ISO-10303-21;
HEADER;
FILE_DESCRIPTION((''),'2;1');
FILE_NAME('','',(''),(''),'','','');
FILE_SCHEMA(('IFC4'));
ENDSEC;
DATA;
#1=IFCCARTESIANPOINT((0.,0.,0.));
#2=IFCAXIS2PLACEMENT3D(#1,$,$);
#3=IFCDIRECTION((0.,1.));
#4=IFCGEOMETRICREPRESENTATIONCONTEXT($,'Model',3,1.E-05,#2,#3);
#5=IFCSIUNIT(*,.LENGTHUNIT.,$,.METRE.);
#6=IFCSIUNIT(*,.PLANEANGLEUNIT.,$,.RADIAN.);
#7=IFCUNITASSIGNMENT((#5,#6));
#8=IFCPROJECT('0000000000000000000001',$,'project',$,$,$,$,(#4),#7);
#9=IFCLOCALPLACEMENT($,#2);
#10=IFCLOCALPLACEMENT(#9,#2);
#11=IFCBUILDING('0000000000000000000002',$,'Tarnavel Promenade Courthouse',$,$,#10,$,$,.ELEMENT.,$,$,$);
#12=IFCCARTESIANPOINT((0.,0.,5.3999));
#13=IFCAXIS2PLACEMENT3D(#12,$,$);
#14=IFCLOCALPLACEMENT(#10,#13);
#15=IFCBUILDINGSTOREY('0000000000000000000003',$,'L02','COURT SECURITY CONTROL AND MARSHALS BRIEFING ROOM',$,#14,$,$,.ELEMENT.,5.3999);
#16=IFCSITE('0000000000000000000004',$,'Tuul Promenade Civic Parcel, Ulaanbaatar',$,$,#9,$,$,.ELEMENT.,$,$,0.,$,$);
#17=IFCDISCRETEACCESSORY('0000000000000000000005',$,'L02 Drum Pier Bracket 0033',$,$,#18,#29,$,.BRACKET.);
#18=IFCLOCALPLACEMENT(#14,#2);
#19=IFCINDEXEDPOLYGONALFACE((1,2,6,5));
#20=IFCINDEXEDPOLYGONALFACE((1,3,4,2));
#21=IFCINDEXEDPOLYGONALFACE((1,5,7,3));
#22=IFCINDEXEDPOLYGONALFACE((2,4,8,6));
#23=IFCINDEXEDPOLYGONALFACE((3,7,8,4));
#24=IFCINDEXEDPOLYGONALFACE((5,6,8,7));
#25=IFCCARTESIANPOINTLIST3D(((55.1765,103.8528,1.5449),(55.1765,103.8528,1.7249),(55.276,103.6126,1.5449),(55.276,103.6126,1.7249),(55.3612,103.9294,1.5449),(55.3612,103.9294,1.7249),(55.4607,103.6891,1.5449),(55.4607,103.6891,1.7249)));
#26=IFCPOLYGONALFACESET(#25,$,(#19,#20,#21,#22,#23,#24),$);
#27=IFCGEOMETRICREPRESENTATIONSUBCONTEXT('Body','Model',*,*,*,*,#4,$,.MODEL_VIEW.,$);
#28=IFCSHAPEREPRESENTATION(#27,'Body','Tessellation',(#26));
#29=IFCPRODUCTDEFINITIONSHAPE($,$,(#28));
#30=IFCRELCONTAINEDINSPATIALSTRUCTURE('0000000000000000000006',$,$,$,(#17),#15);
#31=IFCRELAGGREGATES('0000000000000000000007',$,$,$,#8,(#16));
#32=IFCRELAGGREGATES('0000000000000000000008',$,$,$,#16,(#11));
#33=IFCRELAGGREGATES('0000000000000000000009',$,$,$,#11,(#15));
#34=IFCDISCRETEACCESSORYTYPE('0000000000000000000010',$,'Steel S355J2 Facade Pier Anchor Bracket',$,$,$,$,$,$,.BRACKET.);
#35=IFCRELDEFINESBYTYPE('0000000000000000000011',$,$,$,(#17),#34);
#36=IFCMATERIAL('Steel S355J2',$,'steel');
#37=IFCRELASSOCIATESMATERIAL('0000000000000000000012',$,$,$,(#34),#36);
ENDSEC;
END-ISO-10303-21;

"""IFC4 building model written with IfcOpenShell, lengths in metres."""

from ifc_helpers import new_model, si_unit, direction, frame, origin, origin_2d, place, context, subcontext, project, spatial, rectangle, extrude, material, type_object, element, save


model = new_model("IFC4")

# Units and contexts
model_context = context("Model", 3, precision=1e-05, world=origin(), true_north=direction((0.0, 1.0)))
body_context = subcontext(model_context, "Body", "Model", "MODEL_VIEW")
ifc_project = project(units=[si_unit("LENGTHUNIT", "METRE"), si_unit("PLANEANGLEUNIT", "RADIAN")], contexts=[model_context])

# Site, building, storey
site_placement = place(None, origin())
site = spatial("IfcSite", under=ifc_project, at=site_placement, Name="Tuul Promenade Civic Parcel, Ulaanbaatar", CompositionType="ELEMENT", RefElevation=0.0)
building_placement = place(site_placement, origin())
building = spatial("IfcBuilding", under=site, at=building_placement, Name="Tarnavel Promenade Courthouse", CompositionType="ELEMENT")
storey_placement = place(building_placement, frame((0.0, 0.0, 5.3999)))
storey = spatial("IfcBuildingStorey", under=building, at=storey_placement, Name="L02", Description="COURT SECURITY CONTROL AND MARSHALS BRIEFING ROOM", CompositionType="ELEMENT", Elevation=5.3999)

# Discrete accessory
ifc_material_1 = material(Name="Steel S355J2", Category="steel")
discrete_accessory_type = type_object("IfcDiscreteAccessoryType", Name="Steel S355J2 Facade Pier Anchor Bracket", PredefinedType="BRACKET", material=ifc_material_1)
for number, where, z_axis, x_axis, name in (
    (1, (55.3186, 103.771, 1.5449), (0.0, 0.0, 1.0), (-0.92388, -0.382683, 0.0), "L02 Drum Pier Bracket 0033"),
):
    element("IfcDiscreteAccessory", number, at=place(storey_placement, frame(where, z_axis=z_axis, x_axis=x_axis)), inside=storey, type_object=discrete_accessory_type, Name=name, PredefinedType="BRACKET", context=body_context, shape_type="SweptSolid", body=[
        extrude(rectangle(XDim=0.2, YDim=0.26, at=origin_2d()), origin(), (0.0, 0.0, 1.0), 0.1799),
    ])

save(model, "model.ifc")
